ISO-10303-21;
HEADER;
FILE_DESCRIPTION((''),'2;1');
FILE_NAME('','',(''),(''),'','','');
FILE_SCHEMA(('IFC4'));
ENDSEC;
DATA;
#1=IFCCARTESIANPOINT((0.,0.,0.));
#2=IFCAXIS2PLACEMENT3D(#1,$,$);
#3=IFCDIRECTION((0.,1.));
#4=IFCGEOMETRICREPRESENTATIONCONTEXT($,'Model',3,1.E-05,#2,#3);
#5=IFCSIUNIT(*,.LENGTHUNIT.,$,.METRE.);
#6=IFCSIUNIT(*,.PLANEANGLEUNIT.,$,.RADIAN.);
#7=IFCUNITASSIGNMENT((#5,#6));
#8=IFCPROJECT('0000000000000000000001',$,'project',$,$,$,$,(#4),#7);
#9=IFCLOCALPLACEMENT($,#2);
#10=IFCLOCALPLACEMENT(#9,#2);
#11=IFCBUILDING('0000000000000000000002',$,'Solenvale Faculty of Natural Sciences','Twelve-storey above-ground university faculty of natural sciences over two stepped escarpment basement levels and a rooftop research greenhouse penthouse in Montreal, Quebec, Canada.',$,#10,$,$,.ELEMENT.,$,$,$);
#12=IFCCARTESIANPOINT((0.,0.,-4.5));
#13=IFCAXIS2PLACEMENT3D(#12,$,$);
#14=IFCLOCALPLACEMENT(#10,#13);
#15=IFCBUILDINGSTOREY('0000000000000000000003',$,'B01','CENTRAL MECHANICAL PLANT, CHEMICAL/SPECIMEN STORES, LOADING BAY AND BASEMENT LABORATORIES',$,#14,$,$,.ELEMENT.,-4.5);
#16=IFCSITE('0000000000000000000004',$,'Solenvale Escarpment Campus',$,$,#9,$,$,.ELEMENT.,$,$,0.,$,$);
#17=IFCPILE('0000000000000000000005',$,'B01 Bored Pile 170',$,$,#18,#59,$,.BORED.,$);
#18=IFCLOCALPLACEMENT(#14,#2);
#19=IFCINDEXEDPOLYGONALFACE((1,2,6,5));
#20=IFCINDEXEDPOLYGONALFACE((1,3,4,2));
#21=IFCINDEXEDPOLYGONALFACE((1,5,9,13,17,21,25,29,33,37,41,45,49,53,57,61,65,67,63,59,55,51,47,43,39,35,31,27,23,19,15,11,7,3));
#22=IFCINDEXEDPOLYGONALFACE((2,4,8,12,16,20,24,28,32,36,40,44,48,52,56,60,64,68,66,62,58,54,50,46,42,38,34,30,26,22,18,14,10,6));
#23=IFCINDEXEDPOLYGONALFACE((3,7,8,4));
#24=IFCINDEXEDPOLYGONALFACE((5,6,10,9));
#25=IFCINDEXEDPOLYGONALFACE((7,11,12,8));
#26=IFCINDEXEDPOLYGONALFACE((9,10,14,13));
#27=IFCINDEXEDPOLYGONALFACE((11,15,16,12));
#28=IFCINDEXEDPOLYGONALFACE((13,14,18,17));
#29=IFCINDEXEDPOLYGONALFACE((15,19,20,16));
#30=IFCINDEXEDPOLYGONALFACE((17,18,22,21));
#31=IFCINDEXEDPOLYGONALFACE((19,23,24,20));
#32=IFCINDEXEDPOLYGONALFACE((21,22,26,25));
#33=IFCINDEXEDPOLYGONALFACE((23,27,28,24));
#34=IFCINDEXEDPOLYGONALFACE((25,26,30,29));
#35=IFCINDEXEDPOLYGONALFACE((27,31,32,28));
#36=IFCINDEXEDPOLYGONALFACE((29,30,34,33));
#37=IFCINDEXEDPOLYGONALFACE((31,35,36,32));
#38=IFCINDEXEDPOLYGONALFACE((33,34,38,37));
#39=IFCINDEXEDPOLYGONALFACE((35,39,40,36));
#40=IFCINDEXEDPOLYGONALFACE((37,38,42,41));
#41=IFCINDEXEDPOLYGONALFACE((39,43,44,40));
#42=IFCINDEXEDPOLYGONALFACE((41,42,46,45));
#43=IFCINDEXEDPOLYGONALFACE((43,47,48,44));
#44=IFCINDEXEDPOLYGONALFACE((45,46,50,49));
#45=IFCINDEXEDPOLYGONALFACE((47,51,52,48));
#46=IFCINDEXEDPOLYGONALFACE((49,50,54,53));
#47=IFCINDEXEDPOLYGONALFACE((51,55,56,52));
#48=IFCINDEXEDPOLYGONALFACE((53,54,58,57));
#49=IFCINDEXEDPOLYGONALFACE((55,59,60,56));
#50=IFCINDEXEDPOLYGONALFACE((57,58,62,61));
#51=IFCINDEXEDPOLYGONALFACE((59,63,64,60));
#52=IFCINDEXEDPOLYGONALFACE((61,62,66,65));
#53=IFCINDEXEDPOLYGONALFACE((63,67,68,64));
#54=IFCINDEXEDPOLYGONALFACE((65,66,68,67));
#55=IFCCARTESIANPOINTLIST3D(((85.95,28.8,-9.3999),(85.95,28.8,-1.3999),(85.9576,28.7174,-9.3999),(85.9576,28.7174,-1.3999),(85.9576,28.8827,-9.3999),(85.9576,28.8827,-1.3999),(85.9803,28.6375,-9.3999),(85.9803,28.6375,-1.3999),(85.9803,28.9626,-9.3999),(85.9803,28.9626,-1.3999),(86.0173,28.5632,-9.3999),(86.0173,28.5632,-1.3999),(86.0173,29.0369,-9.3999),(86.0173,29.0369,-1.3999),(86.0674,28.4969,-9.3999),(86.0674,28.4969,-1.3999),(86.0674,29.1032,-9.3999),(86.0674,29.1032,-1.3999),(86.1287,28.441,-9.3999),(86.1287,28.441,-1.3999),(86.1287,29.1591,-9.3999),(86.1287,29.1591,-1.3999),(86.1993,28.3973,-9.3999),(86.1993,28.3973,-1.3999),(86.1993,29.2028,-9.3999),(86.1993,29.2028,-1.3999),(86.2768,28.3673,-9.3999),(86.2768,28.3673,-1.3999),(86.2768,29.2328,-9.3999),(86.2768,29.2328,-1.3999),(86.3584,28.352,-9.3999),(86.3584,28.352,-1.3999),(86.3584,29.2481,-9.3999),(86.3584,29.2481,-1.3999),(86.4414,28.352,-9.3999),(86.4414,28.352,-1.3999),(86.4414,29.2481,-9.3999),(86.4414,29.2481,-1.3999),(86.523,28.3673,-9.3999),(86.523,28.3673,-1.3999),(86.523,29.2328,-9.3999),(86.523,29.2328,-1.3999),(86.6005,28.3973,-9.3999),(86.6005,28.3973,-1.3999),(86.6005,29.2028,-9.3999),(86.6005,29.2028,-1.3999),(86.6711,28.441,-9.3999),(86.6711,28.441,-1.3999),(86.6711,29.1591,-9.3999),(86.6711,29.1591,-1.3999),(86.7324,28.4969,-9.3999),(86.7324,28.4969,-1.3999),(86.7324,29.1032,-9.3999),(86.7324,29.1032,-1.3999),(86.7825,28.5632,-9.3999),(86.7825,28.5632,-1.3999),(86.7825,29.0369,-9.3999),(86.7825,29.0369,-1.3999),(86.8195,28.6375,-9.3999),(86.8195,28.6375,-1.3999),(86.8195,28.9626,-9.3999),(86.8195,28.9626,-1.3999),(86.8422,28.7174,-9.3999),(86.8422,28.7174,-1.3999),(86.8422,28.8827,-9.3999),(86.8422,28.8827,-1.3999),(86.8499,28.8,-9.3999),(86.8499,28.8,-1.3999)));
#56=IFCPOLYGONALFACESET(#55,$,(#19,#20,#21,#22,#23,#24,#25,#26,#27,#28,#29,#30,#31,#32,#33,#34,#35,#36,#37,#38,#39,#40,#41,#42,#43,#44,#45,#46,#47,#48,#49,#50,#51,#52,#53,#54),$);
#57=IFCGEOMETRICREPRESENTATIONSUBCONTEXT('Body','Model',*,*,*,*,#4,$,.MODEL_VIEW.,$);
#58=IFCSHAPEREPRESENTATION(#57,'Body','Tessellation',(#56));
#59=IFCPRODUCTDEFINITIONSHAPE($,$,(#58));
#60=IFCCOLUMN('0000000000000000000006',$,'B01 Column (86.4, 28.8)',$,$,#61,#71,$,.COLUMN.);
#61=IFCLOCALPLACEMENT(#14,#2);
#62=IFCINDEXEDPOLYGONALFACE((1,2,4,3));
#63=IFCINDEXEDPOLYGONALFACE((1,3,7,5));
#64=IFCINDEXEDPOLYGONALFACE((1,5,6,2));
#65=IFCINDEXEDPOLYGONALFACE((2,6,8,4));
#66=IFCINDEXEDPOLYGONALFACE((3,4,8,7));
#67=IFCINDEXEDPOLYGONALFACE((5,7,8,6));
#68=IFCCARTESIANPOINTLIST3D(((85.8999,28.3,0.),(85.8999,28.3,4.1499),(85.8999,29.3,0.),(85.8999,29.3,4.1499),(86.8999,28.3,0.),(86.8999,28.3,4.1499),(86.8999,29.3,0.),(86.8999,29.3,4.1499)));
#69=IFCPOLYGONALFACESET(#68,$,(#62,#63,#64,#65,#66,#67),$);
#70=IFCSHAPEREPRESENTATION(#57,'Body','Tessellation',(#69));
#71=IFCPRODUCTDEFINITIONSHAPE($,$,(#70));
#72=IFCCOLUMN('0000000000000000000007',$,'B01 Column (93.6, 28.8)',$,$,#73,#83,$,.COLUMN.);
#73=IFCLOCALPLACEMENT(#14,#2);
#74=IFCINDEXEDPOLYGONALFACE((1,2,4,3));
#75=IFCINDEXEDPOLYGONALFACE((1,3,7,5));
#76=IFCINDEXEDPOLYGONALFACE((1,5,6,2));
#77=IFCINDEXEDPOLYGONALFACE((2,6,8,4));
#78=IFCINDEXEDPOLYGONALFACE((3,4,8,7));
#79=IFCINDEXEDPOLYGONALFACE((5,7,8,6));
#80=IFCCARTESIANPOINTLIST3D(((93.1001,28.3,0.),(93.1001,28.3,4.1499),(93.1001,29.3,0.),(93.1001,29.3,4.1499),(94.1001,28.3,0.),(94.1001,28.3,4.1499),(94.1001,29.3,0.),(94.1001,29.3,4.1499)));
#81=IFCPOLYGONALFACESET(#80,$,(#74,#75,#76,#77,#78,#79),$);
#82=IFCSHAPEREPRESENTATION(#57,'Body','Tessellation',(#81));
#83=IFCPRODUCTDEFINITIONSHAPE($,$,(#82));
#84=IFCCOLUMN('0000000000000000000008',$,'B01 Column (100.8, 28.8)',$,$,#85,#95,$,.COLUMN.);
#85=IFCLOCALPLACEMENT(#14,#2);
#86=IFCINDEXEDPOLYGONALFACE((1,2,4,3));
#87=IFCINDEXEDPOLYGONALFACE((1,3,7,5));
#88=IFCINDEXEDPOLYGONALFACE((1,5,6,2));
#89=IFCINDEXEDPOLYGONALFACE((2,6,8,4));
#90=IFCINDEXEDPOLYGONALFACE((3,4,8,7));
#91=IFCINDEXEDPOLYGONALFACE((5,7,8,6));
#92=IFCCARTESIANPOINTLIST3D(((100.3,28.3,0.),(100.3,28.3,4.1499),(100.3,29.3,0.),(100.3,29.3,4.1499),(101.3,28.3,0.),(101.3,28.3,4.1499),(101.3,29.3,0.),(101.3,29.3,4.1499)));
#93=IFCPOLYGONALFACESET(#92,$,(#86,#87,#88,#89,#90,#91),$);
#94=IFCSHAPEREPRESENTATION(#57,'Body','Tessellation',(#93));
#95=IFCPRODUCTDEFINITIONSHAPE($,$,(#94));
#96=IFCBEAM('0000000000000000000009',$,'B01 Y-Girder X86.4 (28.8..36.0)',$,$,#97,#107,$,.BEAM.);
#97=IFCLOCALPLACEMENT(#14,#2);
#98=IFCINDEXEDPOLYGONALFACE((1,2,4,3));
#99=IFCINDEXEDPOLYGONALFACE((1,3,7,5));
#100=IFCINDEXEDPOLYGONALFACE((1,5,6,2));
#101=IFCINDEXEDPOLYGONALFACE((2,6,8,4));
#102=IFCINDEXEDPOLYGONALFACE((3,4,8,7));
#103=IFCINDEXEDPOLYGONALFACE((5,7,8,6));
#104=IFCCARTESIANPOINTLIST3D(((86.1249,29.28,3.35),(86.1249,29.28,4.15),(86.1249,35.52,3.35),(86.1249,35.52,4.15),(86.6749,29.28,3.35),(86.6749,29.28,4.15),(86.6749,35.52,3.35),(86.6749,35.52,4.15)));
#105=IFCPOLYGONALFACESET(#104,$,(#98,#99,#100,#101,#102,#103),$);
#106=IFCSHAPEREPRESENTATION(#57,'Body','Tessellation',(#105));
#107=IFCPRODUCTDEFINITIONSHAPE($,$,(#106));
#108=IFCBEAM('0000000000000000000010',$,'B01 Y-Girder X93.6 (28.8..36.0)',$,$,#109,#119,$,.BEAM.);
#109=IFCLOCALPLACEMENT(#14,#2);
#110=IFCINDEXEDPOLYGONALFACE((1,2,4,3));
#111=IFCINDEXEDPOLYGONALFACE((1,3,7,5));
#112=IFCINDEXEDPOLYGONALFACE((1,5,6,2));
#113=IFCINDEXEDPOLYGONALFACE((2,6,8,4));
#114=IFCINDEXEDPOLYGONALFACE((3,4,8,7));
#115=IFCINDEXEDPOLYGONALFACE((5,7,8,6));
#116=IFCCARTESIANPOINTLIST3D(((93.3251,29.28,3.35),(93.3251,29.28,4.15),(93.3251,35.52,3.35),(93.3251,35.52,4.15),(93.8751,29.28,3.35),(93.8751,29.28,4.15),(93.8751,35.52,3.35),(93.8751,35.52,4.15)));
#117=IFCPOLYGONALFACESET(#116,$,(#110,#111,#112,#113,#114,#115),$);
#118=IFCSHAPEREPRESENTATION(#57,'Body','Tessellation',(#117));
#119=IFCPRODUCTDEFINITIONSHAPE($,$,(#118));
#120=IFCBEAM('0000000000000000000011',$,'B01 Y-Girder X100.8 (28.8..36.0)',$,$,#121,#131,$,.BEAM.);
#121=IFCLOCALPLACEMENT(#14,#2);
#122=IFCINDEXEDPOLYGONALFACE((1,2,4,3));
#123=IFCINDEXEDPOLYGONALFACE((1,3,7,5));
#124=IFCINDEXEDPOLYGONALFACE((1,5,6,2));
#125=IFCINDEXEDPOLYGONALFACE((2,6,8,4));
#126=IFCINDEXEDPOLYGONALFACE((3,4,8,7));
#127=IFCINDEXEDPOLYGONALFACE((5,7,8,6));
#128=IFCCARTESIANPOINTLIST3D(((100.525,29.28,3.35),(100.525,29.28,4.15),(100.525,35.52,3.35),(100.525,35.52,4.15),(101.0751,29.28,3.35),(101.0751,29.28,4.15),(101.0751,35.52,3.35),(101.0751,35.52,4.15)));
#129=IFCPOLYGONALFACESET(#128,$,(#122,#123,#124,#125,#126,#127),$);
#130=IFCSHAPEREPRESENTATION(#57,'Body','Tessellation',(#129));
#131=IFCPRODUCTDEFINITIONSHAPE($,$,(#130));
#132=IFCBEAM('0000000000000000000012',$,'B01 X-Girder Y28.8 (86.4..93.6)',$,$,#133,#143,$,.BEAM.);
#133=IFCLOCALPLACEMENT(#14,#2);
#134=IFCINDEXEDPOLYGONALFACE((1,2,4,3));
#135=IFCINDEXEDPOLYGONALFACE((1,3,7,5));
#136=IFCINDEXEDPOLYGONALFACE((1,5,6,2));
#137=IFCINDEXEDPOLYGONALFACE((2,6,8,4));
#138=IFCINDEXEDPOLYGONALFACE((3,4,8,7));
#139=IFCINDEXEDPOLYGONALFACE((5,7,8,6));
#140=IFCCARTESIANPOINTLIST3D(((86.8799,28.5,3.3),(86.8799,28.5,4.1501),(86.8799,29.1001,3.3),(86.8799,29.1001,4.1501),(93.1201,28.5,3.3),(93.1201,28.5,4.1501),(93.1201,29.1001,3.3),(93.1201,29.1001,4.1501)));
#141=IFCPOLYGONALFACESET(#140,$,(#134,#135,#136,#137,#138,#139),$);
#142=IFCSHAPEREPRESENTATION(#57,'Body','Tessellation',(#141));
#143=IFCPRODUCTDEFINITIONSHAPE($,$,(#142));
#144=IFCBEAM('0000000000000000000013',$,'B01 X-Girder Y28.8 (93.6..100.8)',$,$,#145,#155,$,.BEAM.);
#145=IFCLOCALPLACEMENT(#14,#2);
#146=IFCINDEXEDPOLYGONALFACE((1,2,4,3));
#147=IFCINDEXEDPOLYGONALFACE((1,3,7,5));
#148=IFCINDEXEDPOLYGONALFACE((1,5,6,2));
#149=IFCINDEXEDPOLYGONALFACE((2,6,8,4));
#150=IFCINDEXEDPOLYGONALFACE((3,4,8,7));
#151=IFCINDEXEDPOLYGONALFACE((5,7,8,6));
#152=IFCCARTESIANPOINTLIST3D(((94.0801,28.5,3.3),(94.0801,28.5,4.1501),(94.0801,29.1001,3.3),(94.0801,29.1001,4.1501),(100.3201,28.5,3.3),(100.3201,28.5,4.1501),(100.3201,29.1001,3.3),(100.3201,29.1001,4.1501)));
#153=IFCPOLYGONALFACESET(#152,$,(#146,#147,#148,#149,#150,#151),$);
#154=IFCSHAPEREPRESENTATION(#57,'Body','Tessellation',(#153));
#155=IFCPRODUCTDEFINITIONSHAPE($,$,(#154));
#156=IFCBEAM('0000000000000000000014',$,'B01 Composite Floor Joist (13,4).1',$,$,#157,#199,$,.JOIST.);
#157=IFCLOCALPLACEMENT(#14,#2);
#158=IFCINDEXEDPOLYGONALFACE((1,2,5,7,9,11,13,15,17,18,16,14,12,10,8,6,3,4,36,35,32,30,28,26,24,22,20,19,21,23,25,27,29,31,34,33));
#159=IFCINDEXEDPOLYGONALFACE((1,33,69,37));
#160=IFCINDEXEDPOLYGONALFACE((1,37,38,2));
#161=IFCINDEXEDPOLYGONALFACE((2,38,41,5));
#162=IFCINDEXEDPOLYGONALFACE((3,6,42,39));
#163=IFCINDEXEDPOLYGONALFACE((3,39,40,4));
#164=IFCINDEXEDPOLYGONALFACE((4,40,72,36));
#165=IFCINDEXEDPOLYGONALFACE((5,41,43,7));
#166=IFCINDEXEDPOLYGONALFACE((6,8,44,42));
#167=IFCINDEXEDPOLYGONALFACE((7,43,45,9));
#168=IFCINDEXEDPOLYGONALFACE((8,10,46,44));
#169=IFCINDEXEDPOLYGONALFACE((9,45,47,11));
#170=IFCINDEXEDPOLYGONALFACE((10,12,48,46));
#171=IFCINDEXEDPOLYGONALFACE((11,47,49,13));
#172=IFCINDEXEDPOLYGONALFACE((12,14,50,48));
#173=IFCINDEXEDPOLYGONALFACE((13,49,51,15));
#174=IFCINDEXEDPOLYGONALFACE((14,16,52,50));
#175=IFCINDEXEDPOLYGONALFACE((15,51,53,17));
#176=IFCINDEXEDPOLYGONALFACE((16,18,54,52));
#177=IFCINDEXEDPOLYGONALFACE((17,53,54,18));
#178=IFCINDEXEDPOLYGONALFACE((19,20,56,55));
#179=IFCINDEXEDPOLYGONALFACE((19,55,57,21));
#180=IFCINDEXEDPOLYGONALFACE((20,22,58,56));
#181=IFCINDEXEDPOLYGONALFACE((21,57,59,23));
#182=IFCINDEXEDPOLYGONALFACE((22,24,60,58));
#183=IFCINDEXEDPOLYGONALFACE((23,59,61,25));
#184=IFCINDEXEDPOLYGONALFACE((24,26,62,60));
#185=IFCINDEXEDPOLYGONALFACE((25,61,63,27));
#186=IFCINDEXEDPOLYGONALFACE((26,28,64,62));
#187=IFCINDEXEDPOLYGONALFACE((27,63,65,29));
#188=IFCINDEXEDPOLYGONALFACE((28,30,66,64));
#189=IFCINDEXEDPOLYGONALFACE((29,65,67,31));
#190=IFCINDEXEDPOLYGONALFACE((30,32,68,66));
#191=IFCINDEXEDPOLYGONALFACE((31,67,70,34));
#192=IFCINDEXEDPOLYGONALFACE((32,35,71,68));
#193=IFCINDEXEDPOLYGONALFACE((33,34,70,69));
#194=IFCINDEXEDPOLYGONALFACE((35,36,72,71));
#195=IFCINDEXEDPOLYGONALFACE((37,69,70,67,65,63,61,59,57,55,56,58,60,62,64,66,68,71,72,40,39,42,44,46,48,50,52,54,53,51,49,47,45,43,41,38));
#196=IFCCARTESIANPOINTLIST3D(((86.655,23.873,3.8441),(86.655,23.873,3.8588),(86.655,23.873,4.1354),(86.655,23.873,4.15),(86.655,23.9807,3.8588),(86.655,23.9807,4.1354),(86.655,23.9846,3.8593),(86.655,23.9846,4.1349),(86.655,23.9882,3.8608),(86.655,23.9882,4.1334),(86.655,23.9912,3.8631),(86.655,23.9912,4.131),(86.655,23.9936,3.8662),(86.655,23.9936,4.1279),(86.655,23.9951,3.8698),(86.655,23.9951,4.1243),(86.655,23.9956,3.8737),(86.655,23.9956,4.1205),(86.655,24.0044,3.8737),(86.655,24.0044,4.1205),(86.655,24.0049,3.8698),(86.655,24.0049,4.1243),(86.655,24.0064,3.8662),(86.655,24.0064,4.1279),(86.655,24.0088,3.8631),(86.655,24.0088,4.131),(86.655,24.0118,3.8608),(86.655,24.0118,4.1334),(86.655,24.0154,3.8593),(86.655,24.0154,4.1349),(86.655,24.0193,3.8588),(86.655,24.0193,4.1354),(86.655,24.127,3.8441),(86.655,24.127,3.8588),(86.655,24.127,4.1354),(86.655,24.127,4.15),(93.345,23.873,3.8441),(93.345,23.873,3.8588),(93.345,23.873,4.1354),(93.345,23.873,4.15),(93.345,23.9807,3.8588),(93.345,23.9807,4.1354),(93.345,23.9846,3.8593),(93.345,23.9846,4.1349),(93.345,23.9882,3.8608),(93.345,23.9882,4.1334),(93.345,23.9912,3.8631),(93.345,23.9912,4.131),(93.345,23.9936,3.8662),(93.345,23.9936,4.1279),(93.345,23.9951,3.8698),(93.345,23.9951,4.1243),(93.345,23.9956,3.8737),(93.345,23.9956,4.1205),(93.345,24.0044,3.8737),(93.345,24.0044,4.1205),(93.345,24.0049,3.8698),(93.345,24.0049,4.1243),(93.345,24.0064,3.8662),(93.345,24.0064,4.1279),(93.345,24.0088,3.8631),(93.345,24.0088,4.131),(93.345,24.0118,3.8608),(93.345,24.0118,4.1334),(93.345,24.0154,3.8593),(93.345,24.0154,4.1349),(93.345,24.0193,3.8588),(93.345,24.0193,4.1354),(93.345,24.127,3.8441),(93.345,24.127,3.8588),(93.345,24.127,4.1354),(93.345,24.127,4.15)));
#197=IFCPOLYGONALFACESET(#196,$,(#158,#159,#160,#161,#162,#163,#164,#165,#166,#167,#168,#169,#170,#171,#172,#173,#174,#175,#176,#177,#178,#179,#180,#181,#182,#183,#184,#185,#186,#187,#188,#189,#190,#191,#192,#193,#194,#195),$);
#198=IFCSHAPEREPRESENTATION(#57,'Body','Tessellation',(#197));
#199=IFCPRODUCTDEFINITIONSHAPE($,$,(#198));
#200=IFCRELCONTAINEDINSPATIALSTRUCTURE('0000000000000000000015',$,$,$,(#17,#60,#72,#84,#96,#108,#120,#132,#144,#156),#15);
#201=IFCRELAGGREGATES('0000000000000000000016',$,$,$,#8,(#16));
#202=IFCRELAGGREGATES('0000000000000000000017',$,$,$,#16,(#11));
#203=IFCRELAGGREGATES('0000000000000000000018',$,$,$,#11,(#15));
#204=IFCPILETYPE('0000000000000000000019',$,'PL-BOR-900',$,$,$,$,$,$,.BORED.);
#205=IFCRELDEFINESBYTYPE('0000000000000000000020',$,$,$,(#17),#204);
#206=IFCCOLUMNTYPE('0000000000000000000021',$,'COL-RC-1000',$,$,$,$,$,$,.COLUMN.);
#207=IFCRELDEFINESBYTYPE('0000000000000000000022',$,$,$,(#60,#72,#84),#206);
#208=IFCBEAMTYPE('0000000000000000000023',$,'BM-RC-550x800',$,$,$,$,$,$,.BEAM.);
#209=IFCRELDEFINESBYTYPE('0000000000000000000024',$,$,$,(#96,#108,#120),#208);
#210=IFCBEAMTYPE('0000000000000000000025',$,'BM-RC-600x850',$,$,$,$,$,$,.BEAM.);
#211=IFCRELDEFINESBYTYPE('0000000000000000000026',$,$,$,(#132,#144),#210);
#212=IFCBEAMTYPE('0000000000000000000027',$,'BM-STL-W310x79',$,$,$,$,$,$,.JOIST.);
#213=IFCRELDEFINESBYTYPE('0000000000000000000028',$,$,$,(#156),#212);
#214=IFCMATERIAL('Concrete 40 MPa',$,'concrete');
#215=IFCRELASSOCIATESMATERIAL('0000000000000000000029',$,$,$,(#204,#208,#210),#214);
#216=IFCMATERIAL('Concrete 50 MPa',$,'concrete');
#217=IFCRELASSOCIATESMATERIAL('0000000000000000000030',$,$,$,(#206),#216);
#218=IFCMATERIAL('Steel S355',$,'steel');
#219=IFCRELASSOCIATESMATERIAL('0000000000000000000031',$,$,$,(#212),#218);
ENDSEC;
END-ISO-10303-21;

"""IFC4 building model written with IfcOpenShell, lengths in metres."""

from ifc_helpers import new_model, si_unit, direction, frame, origin, origin_2d, place, context, subcontext, project, spatial, rectangle, circle, i_section, extrude, material, material_profile, profile_set, type_object, element, save


model = new_model("IFC4")

# Units and contexts
model_context = context("Model", 3, precision=1e-05, world=origin(), true_north=direction((0.0, 1.0)))
body_context = subcontext(model_context, "Body", "Model", "MODEL_VIEW")
ifc_project = project(units=[si_unit("LENGTHUNIT", "METRE"), si_unit("PLANEANGLEUNIT", "RADIAN")], contexts=[model_context])

# Site, building, storey
site_placement = place(None, origin())
site = spatial("IfcSite", under=ifc_project, at=site_placement, Name="Solenvale Escarpment Campus", CompositionType="ELEMENT", RefElevation=0.0)
building_placement = place(site_placement, origin())
building = spatial("IfcBuilding", under=site, at=building_placement, Name="Solenvale Faculty of Natural Sciences", Description="Twelve-storey above-ground university faculty of natural sciences over two stepped escarpment basement levels and a rooftop research greenhouse penthouse in Montreal, Quebec, Canada.", CompositionType="ELEMENT")
storey_placement = place(building_placement, frame((0.0, 0.0, -4.5)))
storey = spatial("IfcBuildingStorey", under=building, at=storey_placement, Name="B01", Description="CENTRAL MECHANICAL PLANT, CHEMICAL/SPECIMEN STORES, LOADING BAY AND BASEMENT LABORATORIES", CompositionType="ELEMENT", Elevation=-4.5)

# Shared definitions
ifc_material_1 = material(Name="Concrete 40 MPa", Category="concrete")

# Pile
ifc_material_profile_1 = material_profile(ifc_material_1, circle(Radius=0.45, at=origin_2d()), Name="PILE-D900")
ifc_profile_set_1 = profile_set([ifc_material_profile_1], Name="Concrete 40 MPa")
pile_type_1 = type_object("IfcPileType", Name="PL-BOR-900", PredefinedType="BORED", material=ifc_profile_set_1)
pile_placement = place(storey_placement, frame((86.3999, 28.8, -1.3999), z_axis=(0.0, 0.0, -1.0), x_axis=(1.0, 0.0, 0.0)))
element("IfcPile", 1, at=pile_placement, inside=storey, type_object=pile_type_1, Name="B01 Bored Pile 170", PredefinedType="BORED", context=body_context, shape_type="SweptSolid", body=[
    extrude(circle(Radius=0.45, at=origin_2d()), origin(), (0.0, 0.0, 1.0), 8.0),
])

# Columns
ifc_material_2 = material(Name="Concrete 50 MPa", Category="concrete")
ifc_material_profile_2 = material_profile(ifc_material_2, rectangle(XDim=1.0, YDim=1.0, at=origin_2d()), Name="RC-COL-1000x1000")
ifc_profile_set_2 = profile_set([ifc_material_profile_2], Name="Concrete 50 MPa")
column_type = type_object("IfcColumnType", Name="COL-RC-1000", PredefinedType="COLUMN", material=ifc_profile_set_2)
for number, where, z_axis, x_axis, name in (
    (2, (86.3999, 28.8, 0.0), (0.0, 0.0, 1.0), (1.0, 0.0, 0.0), "B01 Column (86.4, 28.8)"),
    (3, (93.6001, 28.8, 0.0), (0.0, 0.0, 1.0), (1.0, 0.0, 0.0), "B01 Column (93.6, 28.8)"),
    (4, (100.8, 28.8, 0.0), (0.0, 0.0, 1.0), (1.0, 0.0, 0.0), "B01 Column (100.8, 28.8)"),
):
    element("IfcColumn", number, at=place(storey_placement, frame(where, z_axis=z_axis, x_axis=x_axis)), inside=storey, type_object=column_type, Name=name, PredefinedType="COLUMN", context=body_context, shape_type="SweptSolid", body=[
        extrude(rectangle(XDim=1.0, YDim=1.0, at=origin_2d()), origin(), (0.0, 0.0, 1.0), 4.1499),
    ])

# Beams
ifc_material_profile_3 = material_profile(ifc_material_1, rectangle(XDim=0.55, YDim=0.8, at=origin_2d()), Name="RC-BM-550x800")
ifc_profile_set_3 = profile_set([ifc_material_profile_3], Name="Concrete 40 MPa")
beam_type_1 = type_object("IfcBeamType", Name="BM-RC-550x800", PredefinedType="BEAM", material=ifc_profile_set_3)
for number, where, z_axis, x_axis, name in (
    (5, (86.3999, 29.28, 3.75), (0.0, 1.0, 0.0), (-1.0, 0.0, 0.0), "B01 Y-Girder X86.4 (28.8..36.0)"),
    (6, (93.6001, 29.28, 3.75), (0.0, 1.0, 0.0), (-1.0, 0.0, 0.0), "B01 Y-Girder X93.6 (28.8..36.0)"),
    (7, (100.8, 29.28, 3.75), (0.0, 1.0, 0.0), (-1.0, 0.0, 0.0), "B01 Y-Girder X100.8 (28.8..36.0)"),
):
    element("IfcBeam", number, at=place(storey_placement, frame(where, z_axis=z_axis, x_axis=x_axis)), inside=storey, type_object=beam_type_1, Name=name, PredefinedType="BEAM", context=body_context, shape_type="SweptSolid", body=[
        extrude(rectangle(XDim=0.55, YDim=0.8, at=origin_2d()), origin(), (0.0, 0.0, 1.0), 6.24),
    ])
ifc_material_profile_4 = material_profile(ifc_material_1, rectangle(XDim=0.6001, YDim=0.8501, at=origin_2d()), Name="RC-BM-600x850")
ifc_profile_set_4 = profile_set([ifc_material_profile_4], Name="Concrete 40 MPa")
beam_type_2 = type_object("IfcBeamType", Name="BM-RC-600x850", PredefinedType="BEAM", material=ifc_profile_set_4)
beam_1_placement = place(storey_placement, frame((86.8799, 28.8, 3.7251), z_axis=(1.0, 0.0, 0.0), x_axis=(0.0, 1.0, 0.0)))
element("IfcBeam", 8, at=beam_1_placement, inside=storey, type_object=beam_type_2, Name="B01 X-Girder Y28.8 (86.4..93.6)", PredefinedType="BEAM", context=body_context, shape_type="SweptSolid", body=[
    extrude(rectangle(XDim=0.6001, YDim=0.8501, at=origin_2d()), origin(), (0.0, 0.0, 1.0), 6.2402),
])
beam_2_placement = place(storey_placement, frame((94.0801, 28.8, 3.7251), z_axis=(1.0, 0.0, 0.0), x_axis=(0.0, 1.0, 0.0)))
element("IfcBeam", 9, at=beam_2_placement, inside=storey, type_object=beam_type_2, Name="B01 X-Girder Y28.8 (93.6..100.8)", PredefinedType="BEAM", context=body_context, shape_type="SweptSolid", body=[
    extrude(rectangle(XDim=0.6001, YDim=0.8501, at=origin_2d()), origin(), (0.0, 0.0, 1.0), 6.24),
])
ifc_material_3 = material(Name="Steel S355", Category="steel")
ifc_material_profile_5 = material_profile(ifc_material_3, i_section(OverallWidth=0.2539, OverallDepth=0.3059, WebThickness=0.0088, FlangeThickness=0.0146, FilletRadius=0.0149, at=origin_2d()), Name="W310x79")
ifc_profile_set_5 = profile_set([ifc_material_profile_5], Name="Steel S355")
beam_type_3 = type_object("IfcBeamType", Name="BM-STL-W310x79", PredefinedType="JOIST", material=ifc_profile_set_5)
for number, where, z_axis, x_axis, name in (
    (10, (86.655, 24.0, 3.9971), (1.0, 0.0, 0.0), (0.0, 1.0, 0.0), "B01 Composite Floor Joist (13,4).1"),
):
    element("IfcBeam", number, at=place(storey_placement, frame(where, z_axis=z_axis, x_axis=x_axis)), inside=storey, type_object=beam_type_3, Name=name, PredefinedType="JOIST", context=body_context, shape_type="SweptSolid", body=[
        extrude(i_section(OverallWidth=0.2539, OverallDepth=0.3059, WebThickness=0.0088, FlangeThickness=0.0146, FilletRadius=0.0149, at=origin_2d()), origin(), (0.0, 0.0, 1.0), 6.6899),
    ])

save(model, "model.ifc")
